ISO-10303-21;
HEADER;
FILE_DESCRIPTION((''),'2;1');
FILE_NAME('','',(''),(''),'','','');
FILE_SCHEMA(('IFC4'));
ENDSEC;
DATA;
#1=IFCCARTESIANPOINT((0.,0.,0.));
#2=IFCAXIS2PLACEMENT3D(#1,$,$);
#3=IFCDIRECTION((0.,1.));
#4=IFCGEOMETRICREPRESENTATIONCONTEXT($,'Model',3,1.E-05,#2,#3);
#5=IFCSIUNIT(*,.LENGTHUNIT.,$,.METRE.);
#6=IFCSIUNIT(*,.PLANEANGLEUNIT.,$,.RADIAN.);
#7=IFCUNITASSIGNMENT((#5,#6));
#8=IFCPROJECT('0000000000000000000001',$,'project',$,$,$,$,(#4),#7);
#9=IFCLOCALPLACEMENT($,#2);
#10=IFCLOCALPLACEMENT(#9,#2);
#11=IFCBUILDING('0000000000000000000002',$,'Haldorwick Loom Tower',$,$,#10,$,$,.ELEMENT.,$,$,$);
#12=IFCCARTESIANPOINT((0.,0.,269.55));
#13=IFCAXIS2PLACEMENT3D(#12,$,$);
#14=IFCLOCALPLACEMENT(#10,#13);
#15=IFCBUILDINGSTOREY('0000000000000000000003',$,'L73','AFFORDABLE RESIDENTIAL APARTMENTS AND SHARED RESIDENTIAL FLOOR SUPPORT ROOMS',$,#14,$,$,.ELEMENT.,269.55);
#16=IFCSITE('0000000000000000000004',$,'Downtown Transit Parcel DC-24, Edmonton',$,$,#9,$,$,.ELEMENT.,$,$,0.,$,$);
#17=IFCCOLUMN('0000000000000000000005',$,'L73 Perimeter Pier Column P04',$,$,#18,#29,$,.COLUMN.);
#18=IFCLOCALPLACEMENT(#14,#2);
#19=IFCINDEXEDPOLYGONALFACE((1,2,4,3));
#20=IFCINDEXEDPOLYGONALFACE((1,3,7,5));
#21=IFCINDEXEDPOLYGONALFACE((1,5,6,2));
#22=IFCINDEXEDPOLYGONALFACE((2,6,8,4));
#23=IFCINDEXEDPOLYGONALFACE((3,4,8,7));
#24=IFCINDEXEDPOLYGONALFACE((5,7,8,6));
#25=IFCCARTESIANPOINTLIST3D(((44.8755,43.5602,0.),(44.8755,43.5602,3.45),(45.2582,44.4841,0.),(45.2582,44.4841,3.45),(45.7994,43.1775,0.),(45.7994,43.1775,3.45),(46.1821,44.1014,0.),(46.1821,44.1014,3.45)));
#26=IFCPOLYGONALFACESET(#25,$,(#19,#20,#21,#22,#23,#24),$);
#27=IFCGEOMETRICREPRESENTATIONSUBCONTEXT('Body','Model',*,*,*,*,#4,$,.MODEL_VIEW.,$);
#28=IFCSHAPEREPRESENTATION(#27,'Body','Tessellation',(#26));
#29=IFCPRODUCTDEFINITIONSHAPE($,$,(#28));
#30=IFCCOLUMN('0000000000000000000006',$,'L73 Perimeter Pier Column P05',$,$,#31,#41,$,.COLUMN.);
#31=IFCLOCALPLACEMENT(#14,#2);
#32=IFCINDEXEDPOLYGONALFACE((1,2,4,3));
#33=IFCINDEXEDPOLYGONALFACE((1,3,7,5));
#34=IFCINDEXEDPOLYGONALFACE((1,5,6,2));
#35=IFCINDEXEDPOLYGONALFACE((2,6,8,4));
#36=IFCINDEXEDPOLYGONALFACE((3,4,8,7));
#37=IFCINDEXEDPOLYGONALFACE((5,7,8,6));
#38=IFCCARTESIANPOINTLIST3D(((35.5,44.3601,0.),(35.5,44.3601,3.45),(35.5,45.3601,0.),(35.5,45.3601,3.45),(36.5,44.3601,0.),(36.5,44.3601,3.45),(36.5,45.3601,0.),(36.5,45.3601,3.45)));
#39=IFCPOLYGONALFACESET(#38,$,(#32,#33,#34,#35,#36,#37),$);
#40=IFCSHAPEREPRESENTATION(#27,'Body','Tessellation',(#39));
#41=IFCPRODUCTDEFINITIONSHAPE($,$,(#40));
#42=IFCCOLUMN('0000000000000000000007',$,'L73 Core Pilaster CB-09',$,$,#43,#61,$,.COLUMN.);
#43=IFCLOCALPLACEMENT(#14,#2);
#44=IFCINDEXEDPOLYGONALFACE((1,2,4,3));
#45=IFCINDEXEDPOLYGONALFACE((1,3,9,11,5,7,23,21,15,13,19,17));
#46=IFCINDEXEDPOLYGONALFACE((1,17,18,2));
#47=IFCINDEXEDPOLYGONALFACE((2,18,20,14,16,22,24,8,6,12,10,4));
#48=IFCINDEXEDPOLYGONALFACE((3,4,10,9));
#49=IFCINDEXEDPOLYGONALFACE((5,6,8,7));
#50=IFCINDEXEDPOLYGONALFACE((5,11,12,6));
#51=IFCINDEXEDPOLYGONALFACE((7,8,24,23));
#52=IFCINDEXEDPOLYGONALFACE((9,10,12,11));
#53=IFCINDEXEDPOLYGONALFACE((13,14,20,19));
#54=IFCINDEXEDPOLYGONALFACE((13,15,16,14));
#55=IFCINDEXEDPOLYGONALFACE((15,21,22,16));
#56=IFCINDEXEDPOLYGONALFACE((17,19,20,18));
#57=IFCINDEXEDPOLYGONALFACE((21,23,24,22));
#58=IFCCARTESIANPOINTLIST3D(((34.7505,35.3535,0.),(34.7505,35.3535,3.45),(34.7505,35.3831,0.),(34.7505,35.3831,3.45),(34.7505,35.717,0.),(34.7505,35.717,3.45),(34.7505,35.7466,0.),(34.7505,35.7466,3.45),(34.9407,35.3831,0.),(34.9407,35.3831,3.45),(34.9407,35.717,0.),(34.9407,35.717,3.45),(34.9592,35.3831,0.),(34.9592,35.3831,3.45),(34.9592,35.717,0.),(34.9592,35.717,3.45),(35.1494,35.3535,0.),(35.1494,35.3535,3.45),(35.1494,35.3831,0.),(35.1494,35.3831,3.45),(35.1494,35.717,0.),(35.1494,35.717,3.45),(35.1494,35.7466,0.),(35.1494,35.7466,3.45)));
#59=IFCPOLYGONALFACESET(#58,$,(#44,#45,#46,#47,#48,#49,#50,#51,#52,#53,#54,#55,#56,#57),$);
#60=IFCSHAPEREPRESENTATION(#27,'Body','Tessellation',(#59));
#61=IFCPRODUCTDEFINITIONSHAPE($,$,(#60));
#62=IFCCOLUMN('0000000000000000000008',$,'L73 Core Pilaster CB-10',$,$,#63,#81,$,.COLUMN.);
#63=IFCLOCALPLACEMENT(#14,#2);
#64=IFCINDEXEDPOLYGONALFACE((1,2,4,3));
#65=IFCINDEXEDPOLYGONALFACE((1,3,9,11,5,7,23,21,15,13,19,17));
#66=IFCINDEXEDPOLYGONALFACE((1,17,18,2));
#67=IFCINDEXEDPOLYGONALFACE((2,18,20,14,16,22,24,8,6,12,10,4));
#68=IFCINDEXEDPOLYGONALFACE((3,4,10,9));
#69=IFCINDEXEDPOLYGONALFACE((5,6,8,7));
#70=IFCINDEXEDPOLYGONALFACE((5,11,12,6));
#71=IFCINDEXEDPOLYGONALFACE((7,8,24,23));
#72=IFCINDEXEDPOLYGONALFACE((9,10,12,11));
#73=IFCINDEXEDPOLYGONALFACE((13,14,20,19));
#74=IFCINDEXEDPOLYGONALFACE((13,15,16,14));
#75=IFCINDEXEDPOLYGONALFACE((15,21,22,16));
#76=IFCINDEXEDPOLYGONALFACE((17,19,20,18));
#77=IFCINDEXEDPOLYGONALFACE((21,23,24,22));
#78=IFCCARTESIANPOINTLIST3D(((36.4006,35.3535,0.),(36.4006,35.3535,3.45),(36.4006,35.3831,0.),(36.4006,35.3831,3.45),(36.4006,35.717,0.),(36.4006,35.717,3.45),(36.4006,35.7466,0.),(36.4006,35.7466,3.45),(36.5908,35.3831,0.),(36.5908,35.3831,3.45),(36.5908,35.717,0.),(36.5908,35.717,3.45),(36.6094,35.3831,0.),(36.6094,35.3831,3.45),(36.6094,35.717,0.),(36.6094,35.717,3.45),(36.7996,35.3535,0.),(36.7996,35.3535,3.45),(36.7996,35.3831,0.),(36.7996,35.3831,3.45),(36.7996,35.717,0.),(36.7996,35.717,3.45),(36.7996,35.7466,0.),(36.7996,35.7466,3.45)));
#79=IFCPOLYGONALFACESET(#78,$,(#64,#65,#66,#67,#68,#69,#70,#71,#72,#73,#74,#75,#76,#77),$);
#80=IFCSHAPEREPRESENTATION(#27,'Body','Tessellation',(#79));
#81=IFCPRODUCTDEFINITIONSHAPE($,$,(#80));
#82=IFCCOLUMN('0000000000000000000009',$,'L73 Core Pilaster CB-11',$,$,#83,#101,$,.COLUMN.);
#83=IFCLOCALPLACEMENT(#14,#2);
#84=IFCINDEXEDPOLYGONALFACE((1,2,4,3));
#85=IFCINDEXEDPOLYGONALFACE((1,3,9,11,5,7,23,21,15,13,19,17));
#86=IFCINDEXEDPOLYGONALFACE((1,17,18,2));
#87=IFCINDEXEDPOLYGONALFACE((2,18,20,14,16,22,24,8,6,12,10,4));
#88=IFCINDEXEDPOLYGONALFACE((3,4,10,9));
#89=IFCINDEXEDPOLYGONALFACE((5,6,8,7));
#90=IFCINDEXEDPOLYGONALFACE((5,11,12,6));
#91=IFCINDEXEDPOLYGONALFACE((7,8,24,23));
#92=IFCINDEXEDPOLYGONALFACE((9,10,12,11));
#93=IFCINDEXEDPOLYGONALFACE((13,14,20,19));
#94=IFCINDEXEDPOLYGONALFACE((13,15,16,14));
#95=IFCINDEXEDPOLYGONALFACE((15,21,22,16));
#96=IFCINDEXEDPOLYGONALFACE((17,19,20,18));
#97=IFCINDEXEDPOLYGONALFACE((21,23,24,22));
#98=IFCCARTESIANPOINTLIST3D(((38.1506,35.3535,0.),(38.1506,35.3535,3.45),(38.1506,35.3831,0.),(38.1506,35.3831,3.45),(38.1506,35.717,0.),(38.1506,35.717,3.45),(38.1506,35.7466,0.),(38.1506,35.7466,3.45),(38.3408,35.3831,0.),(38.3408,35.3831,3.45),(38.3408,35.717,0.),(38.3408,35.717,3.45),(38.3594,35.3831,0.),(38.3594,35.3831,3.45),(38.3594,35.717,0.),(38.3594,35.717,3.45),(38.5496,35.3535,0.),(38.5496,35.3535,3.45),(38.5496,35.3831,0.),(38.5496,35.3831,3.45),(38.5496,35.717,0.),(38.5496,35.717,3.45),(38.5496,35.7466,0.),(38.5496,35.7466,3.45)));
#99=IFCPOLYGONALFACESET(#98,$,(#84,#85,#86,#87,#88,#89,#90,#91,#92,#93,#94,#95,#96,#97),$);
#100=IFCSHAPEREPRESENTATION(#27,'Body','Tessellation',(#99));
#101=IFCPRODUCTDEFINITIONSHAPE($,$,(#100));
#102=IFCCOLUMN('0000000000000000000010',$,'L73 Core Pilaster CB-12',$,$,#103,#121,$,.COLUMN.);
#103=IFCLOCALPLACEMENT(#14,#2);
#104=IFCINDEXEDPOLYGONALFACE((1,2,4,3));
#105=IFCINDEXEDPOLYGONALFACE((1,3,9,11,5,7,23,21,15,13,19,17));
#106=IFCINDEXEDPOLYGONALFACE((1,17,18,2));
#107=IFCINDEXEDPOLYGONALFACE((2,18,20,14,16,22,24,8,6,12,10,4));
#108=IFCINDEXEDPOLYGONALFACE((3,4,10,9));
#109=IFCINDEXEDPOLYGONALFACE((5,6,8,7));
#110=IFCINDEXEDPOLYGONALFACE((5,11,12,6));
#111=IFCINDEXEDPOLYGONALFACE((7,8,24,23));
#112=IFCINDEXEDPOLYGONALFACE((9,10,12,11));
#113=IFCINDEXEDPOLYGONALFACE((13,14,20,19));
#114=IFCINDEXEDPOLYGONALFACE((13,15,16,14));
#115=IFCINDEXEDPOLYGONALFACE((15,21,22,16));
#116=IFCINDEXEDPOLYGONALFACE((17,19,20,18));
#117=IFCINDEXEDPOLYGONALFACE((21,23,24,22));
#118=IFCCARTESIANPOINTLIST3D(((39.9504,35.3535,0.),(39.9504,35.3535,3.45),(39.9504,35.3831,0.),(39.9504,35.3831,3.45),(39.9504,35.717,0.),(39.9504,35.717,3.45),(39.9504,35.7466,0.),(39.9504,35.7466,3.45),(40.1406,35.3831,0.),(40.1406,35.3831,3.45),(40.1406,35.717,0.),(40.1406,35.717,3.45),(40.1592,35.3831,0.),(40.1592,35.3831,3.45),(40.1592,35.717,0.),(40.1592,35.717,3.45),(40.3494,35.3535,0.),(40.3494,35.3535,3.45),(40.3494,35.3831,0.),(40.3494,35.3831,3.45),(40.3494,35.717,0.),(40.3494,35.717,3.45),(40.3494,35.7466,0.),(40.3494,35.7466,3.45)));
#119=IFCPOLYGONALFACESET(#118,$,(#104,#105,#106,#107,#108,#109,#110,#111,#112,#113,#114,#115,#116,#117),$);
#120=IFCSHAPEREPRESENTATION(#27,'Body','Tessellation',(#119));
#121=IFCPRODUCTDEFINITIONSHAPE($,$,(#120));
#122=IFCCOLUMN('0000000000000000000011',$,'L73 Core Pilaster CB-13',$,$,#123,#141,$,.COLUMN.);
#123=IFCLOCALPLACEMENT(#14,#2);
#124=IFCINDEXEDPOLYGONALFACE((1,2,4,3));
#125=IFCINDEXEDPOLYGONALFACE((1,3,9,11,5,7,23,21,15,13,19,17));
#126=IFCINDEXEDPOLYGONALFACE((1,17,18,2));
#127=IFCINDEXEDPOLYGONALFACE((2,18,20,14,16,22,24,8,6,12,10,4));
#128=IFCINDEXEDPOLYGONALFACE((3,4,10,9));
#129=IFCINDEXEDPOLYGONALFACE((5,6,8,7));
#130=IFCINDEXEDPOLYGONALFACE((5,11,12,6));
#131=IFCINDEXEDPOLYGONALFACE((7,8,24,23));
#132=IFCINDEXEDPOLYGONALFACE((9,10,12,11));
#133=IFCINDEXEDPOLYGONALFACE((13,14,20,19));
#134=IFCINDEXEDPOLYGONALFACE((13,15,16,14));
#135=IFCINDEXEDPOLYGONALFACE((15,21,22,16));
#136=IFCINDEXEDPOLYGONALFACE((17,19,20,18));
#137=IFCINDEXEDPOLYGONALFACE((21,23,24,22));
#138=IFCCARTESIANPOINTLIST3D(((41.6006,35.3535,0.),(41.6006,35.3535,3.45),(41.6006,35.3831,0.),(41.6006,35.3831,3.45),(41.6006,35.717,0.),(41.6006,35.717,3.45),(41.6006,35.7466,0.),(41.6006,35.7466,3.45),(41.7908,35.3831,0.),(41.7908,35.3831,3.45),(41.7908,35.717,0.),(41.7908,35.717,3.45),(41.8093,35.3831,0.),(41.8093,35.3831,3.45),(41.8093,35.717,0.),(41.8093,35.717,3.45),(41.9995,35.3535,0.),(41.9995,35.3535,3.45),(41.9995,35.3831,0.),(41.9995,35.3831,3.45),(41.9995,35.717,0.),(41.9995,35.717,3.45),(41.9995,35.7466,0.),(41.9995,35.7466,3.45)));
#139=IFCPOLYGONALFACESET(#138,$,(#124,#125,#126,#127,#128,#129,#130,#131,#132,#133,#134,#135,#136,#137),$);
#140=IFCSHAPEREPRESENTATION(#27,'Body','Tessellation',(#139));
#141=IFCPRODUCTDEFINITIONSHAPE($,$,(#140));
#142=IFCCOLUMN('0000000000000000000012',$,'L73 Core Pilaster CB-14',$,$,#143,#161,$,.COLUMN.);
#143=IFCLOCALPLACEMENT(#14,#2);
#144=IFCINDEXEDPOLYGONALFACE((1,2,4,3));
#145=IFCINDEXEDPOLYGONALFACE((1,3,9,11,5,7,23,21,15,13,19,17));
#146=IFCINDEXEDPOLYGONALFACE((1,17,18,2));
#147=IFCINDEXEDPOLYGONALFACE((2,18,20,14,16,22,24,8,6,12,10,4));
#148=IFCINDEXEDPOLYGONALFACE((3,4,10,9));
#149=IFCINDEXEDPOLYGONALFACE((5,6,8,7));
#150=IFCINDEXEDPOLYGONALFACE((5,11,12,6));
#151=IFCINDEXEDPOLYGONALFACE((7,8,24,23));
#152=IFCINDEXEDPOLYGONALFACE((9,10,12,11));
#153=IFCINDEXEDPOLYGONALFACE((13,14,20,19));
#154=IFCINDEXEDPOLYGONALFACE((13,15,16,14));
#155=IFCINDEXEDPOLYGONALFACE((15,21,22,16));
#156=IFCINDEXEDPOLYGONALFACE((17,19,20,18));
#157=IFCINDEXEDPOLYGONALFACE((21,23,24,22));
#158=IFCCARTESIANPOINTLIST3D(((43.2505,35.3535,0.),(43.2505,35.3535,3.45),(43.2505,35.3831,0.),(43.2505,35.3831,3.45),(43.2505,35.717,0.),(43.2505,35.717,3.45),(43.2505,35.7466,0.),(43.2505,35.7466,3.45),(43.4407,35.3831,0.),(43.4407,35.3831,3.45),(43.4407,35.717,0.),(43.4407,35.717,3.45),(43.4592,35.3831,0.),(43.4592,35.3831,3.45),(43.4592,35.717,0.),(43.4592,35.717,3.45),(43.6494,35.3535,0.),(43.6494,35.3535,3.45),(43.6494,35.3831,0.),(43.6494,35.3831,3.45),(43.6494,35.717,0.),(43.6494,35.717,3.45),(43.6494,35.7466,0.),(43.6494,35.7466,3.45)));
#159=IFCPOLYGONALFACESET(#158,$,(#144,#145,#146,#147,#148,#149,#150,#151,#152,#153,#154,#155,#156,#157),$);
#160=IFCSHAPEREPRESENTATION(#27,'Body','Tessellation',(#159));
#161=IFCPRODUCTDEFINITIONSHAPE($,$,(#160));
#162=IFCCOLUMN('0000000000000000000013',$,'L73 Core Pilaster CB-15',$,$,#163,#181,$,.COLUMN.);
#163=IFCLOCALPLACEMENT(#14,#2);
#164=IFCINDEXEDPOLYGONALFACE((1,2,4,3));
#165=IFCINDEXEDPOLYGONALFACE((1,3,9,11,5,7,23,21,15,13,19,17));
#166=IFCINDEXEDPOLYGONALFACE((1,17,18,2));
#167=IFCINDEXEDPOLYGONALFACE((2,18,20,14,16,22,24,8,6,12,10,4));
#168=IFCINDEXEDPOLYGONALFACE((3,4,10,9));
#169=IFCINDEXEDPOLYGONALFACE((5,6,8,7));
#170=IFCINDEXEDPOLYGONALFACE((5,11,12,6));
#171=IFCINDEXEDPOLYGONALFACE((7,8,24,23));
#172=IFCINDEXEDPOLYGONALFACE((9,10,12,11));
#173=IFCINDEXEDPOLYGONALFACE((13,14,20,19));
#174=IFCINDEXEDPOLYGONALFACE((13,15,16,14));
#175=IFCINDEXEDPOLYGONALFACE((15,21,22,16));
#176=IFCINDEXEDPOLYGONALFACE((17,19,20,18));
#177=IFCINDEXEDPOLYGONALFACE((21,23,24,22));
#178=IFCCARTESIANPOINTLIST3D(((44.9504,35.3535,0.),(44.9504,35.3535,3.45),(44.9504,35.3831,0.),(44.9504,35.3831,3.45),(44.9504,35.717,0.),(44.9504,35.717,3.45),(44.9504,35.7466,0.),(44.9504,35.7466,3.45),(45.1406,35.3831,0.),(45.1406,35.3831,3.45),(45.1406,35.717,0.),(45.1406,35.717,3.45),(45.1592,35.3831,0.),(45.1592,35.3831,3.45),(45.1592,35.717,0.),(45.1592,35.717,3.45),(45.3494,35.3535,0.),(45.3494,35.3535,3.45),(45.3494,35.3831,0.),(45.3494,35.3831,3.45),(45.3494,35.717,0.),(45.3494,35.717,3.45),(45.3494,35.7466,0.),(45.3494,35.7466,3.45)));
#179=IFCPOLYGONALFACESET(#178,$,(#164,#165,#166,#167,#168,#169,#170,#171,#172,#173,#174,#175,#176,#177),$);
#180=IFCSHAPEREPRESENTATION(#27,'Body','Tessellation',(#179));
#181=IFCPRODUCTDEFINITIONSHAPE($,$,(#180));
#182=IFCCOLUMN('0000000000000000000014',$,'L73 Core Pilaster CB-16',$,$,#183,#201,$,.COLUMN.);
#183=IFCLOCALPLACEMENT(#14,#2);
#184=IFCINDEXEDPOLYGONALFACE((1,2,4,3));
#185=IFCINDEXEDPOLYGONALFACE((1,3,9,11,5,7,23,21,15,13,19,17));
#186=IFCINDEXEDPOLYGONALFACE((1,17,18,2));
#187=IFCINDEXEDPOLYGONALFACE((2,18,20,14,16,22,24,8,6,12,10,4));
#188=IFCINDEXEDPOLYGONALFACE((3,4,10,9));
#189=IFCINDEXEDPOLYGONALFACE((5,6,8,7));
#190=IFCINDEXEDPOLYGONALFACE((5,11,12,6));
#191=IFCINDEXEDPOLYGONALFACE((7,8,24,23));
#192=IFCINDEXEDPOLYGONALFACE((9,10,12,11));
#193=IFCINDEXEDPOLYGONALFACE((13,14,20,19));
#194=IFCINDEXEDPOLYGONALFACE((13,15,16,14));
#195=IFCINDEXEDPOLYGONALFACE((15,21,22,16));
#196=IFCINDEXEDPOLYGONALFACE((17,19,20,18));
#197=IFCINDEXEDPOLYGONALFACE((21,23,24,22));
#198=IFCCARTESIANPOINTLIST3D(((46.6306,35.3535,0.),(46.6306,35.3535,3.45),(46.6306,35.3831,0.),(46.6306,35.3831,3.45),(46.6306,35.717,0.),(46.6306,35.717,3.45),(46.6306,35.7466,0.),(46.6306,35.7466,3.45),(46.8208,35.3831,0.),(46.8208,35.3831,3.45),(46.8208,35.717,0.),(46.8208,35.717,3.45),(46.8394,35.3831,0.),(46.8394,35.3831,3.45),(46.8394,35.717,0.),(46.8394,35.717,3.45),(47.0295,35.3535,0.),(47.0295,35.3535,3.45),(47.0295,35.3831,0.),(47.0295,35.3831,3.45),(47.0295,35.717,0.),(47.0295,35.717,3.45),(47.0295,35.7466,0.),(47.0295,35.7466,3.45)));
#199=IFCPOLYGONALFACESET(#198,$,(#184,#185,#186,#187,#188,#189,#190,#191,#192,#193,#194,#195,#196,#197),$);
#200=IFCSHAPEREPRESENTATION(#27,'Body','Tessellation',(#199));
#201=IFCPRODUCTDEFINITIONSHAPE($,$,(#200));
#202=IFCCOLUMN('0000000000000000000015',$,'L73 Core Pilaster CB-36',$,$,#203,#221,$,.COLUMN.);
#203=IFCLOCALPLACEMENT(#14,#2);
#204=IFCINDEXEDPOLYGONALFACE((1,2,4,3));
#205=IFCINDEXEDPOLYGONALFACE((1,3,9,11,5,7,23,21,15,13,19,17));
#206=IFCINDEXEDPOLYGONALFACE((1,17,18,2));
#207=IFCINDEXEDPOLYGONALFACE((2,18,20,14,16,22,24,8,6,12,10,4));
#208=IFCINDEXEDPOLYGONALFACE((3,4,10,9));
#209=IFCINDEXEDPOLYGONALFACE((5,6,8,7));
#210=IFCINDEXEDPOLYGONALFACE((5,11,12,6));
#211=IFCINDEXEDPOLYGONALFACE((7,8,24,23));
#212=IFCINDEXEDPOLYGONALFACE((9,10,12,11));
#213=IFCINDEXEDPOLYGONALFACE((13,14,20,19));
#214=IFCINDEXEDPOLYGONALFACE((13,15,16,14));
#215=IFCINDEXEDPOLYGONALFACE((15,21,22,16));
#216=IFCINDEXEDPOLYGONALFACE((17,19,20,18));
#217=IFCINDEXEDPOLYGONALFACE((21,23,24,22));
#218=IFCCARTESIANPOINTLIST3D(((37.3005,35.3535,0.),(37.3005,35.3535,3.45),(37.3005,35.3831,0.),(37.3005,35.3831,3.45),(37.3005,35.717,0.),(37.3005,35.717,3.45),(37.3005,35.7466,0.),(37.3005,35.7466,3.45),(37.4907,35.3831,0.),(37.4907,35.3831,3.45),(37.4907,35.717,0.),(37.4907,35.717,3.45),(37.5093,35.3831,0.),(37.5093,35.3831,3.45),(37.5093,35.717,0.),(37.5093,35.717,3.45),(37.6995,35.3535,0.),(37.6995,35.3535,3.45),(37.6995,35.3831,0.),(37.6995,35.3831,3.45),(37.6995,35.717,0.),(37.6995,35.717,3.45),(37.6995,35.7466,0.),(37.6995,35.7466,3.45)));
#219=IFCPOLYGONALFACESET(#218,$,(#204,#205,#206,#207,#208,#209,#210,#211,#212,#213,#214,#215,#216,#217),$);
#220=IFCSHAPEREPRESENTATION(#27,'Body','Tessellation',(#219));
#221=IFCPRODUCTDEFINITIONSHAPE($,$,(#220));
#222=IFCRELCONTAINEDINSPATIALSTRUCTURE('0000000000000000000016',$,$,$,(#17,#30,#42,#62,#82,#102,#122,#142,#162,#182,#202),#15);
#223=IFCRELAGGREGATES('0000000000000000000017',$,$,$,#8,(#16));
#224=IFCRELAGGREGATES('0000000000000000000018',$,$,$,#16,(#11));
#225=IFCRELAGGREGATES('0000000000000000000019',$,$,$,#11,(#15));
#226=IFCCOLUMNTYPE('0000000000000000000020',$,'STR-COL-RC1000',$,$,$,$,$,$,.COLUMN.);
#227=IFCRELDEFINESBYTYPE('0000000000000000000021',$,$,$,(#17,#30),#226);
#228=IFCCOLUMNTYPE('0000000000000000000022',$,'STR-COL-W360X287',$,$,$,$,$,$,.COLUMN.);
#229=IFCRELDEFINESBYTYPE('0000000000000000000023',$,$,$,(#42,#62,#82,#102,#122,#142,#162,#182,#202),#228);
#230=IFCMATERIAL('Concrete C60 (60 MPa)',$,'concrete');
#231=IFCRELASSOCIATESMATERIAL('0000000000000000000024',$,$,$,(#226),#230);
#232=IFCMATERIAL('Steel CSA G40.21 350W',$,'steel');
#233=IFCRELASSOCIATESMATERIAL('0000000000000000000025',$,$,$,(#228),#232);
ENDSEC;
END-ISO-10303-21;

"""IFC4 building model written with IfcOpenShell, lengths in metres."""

from ifc_helpers import new_model, si_unit, direction, frame, origin, origin_2d, place, context, subcontext, project, spatial, rectangle, i_section, extrude, material, material_profile, profile_set, type_object, element, save


model = new_model("IFC4")

# Units and contexts
model_context = context("Model", 3, precision=1e-05, world=origin(), true_north=direction((0.0, 1.0)))
body_context = subcontext(model_context, "Body", "Model", "MODEL_VIEW")
ifc_project = project(units=[si_unit("LENGTHUNIT", "METRE"), si_unit("PLANEANGLEUNIT", "RADIAN")], contexts=[model_context])

# Site, building, storey
site_placement = place(None, origin())
site = spatial("IfcSite", under=ifc_project, at=site_placement, Name="Downtown Transit Parcel DC-24, Edmonton", CompositionType="ELEMENT", RefElevation=0.0)
building_placement = place(site_placement, origin())
building = spatial("IfcBuilding", under=site, at=building_placement, Name="Haldorwick Loom Tower", CompositionType="ELEMENT")
storey_placement = place(building_placement, frame((0.0, 0.0, 269.55)))
storey = spatial("IfcBuildingStorey", under=building, at=storey_placement, Name="L73", Description="AFFORDABLE RESIDENTIAL APARTMENTS AND SHARED RESIDENTIAL FLOOR SUPPORT ROOMS", CompositionType="ELEMENT", Elevation=269.55)

# Columns
ifc_material_1 = material(Name="Concrete C60 (60 MPa)", Category="concrete")
ifc_material_profile_1 = material_profile(ifc_material_1, rectangle(XDim=1.0, YDim=1.0, at=origin_2d()), Name="RC1000X1000", Category="concrete")
ifc_profile_set_1 = profile_set([ifc_material_profile_1], Name="Concrete C60 (60 MPa)")
column_type_1 = type_object("IfcColumnType", Name="STR-COL-RC1000", PredefinedType="COLUMN", material=ifc_profile_set_1)
for number, where, z_axis, x_axis, name in (
    (1, (45.5288, 43.8308, 0.0), (0.0, 0.0, 1.0), (0.382683, 0.92388, 0.0), "L73 Perimeter Pier Column P04"),
    (2, (36.0, 44.8601, 0.0), (0.0, 0.0, 1.0), (0.0, 1.0, 0.0), "L73 Perimeter Pier Column P05"),
):
    element("IfcColumn", number, at=place(storey_placement, frame(where, z_axis=z_axis, x_axis=x_axis)), inside=storey, type_object=column_type_1, Name=name, PredefinedType="COLUMN", context=body_context, shape_type="SweptSolid", body=[
        extrude(rectangle(XDim=1.0, YDim=1.0, at=origin_2d()), origin(), (0.0, 0.0, 1.0), 3.45),
    ])
ifc_material_2 = material(Name="Steel CSA G40.21 350W", Category="steel")
ifc_material_profile_2 = material_profile(ifc_material_2, i_section(OverallWidth=0.3989, OverallDepth=0.3931, WebThickness=0.0186, FlangeThickness=0.0295, at=origin_2d()), Name="W360X287", Category="steel")
ifc_profile_set_2 = profile_set([ifc_material_profile_2], Name="Steel CSA G40.21 350W")
column_type_2 = type_object("IfcColumnType", Name="STR-COL-W360X287", PredefinedType="COLUMN", material=ifc_profile_set_2)
for number, where, z_axis, x_axis, name in (
    (3, (34.95, 35.55, 0.0), (0.0, 0.0, 1.0), (1.0, 0.0, 0.0), "L73 Core Pilaster CB-09"),
    (4, (36.6001, 35.55, 0.0), (0.0, 0.0, 1.0), (1.0, 0.0, 0.0), "L73 Core Pilaster CB-10"),
    (5, (38.3501, 35.55, 0.0), (0.0, 0.0, 1.0), (1.0, 0.0, 0.0), "L73 Core Pilaster CB-11"),
    (6, (40.1499, 35.55, 0.0), (0.0, 0.0, 1.0), (1.0, 0.0, 0.0), "L73 Core Pilaster CB-12"),
    (7, (41.8, 35.55, 0.0), (0.0, 0.0, 1.0), (1.0, 0.0, 0.0), "L73 Core Pilaster CB-13"),
    (8, (43.45, 35.55, 0.0), (0.0, 0.0, 1.0), (1.0, 0.0, 0.0), "L73 Core Pilaster CB-14"),
    (9, (45.1499, 35.55, 0.0), (0.0, 0.0, 1.0), (1.0, 0.0, 0.0), "L73 Core Pilaster CB-15"),
    (10, (46.8301, 35.55, 0.0), (0.0, 0.0, 1.0), (1.0, 0.0, 0.0), "L73 Core Pilaster CB-16"),
    (11, (37.5, 35.55, 0.0), (0.0, 0.0, 1.0), (1.0, 0.0, 0.0), "L73 Core Pilaster CB-36"),
):
    element("IfcColumn", number, at=place(storey_placement, frame(where, z_axis=z_axis, x_axis=x_axis)), inside=storey, type_object=column_type_2, Name=name, PredefinedType="COLUMN", context=body_context, shape_type="SweptSolid", body=[
        extrude(i_section(OverallWidth=0.3989, OverallDepth=0.3931, WebThickness=0.0186, FlangeThickness=0.0295, at=origin_2d()), origin(), (0.0, 0.0, 1.0), 3.45),
    ])

save(model, "model.ifc")
